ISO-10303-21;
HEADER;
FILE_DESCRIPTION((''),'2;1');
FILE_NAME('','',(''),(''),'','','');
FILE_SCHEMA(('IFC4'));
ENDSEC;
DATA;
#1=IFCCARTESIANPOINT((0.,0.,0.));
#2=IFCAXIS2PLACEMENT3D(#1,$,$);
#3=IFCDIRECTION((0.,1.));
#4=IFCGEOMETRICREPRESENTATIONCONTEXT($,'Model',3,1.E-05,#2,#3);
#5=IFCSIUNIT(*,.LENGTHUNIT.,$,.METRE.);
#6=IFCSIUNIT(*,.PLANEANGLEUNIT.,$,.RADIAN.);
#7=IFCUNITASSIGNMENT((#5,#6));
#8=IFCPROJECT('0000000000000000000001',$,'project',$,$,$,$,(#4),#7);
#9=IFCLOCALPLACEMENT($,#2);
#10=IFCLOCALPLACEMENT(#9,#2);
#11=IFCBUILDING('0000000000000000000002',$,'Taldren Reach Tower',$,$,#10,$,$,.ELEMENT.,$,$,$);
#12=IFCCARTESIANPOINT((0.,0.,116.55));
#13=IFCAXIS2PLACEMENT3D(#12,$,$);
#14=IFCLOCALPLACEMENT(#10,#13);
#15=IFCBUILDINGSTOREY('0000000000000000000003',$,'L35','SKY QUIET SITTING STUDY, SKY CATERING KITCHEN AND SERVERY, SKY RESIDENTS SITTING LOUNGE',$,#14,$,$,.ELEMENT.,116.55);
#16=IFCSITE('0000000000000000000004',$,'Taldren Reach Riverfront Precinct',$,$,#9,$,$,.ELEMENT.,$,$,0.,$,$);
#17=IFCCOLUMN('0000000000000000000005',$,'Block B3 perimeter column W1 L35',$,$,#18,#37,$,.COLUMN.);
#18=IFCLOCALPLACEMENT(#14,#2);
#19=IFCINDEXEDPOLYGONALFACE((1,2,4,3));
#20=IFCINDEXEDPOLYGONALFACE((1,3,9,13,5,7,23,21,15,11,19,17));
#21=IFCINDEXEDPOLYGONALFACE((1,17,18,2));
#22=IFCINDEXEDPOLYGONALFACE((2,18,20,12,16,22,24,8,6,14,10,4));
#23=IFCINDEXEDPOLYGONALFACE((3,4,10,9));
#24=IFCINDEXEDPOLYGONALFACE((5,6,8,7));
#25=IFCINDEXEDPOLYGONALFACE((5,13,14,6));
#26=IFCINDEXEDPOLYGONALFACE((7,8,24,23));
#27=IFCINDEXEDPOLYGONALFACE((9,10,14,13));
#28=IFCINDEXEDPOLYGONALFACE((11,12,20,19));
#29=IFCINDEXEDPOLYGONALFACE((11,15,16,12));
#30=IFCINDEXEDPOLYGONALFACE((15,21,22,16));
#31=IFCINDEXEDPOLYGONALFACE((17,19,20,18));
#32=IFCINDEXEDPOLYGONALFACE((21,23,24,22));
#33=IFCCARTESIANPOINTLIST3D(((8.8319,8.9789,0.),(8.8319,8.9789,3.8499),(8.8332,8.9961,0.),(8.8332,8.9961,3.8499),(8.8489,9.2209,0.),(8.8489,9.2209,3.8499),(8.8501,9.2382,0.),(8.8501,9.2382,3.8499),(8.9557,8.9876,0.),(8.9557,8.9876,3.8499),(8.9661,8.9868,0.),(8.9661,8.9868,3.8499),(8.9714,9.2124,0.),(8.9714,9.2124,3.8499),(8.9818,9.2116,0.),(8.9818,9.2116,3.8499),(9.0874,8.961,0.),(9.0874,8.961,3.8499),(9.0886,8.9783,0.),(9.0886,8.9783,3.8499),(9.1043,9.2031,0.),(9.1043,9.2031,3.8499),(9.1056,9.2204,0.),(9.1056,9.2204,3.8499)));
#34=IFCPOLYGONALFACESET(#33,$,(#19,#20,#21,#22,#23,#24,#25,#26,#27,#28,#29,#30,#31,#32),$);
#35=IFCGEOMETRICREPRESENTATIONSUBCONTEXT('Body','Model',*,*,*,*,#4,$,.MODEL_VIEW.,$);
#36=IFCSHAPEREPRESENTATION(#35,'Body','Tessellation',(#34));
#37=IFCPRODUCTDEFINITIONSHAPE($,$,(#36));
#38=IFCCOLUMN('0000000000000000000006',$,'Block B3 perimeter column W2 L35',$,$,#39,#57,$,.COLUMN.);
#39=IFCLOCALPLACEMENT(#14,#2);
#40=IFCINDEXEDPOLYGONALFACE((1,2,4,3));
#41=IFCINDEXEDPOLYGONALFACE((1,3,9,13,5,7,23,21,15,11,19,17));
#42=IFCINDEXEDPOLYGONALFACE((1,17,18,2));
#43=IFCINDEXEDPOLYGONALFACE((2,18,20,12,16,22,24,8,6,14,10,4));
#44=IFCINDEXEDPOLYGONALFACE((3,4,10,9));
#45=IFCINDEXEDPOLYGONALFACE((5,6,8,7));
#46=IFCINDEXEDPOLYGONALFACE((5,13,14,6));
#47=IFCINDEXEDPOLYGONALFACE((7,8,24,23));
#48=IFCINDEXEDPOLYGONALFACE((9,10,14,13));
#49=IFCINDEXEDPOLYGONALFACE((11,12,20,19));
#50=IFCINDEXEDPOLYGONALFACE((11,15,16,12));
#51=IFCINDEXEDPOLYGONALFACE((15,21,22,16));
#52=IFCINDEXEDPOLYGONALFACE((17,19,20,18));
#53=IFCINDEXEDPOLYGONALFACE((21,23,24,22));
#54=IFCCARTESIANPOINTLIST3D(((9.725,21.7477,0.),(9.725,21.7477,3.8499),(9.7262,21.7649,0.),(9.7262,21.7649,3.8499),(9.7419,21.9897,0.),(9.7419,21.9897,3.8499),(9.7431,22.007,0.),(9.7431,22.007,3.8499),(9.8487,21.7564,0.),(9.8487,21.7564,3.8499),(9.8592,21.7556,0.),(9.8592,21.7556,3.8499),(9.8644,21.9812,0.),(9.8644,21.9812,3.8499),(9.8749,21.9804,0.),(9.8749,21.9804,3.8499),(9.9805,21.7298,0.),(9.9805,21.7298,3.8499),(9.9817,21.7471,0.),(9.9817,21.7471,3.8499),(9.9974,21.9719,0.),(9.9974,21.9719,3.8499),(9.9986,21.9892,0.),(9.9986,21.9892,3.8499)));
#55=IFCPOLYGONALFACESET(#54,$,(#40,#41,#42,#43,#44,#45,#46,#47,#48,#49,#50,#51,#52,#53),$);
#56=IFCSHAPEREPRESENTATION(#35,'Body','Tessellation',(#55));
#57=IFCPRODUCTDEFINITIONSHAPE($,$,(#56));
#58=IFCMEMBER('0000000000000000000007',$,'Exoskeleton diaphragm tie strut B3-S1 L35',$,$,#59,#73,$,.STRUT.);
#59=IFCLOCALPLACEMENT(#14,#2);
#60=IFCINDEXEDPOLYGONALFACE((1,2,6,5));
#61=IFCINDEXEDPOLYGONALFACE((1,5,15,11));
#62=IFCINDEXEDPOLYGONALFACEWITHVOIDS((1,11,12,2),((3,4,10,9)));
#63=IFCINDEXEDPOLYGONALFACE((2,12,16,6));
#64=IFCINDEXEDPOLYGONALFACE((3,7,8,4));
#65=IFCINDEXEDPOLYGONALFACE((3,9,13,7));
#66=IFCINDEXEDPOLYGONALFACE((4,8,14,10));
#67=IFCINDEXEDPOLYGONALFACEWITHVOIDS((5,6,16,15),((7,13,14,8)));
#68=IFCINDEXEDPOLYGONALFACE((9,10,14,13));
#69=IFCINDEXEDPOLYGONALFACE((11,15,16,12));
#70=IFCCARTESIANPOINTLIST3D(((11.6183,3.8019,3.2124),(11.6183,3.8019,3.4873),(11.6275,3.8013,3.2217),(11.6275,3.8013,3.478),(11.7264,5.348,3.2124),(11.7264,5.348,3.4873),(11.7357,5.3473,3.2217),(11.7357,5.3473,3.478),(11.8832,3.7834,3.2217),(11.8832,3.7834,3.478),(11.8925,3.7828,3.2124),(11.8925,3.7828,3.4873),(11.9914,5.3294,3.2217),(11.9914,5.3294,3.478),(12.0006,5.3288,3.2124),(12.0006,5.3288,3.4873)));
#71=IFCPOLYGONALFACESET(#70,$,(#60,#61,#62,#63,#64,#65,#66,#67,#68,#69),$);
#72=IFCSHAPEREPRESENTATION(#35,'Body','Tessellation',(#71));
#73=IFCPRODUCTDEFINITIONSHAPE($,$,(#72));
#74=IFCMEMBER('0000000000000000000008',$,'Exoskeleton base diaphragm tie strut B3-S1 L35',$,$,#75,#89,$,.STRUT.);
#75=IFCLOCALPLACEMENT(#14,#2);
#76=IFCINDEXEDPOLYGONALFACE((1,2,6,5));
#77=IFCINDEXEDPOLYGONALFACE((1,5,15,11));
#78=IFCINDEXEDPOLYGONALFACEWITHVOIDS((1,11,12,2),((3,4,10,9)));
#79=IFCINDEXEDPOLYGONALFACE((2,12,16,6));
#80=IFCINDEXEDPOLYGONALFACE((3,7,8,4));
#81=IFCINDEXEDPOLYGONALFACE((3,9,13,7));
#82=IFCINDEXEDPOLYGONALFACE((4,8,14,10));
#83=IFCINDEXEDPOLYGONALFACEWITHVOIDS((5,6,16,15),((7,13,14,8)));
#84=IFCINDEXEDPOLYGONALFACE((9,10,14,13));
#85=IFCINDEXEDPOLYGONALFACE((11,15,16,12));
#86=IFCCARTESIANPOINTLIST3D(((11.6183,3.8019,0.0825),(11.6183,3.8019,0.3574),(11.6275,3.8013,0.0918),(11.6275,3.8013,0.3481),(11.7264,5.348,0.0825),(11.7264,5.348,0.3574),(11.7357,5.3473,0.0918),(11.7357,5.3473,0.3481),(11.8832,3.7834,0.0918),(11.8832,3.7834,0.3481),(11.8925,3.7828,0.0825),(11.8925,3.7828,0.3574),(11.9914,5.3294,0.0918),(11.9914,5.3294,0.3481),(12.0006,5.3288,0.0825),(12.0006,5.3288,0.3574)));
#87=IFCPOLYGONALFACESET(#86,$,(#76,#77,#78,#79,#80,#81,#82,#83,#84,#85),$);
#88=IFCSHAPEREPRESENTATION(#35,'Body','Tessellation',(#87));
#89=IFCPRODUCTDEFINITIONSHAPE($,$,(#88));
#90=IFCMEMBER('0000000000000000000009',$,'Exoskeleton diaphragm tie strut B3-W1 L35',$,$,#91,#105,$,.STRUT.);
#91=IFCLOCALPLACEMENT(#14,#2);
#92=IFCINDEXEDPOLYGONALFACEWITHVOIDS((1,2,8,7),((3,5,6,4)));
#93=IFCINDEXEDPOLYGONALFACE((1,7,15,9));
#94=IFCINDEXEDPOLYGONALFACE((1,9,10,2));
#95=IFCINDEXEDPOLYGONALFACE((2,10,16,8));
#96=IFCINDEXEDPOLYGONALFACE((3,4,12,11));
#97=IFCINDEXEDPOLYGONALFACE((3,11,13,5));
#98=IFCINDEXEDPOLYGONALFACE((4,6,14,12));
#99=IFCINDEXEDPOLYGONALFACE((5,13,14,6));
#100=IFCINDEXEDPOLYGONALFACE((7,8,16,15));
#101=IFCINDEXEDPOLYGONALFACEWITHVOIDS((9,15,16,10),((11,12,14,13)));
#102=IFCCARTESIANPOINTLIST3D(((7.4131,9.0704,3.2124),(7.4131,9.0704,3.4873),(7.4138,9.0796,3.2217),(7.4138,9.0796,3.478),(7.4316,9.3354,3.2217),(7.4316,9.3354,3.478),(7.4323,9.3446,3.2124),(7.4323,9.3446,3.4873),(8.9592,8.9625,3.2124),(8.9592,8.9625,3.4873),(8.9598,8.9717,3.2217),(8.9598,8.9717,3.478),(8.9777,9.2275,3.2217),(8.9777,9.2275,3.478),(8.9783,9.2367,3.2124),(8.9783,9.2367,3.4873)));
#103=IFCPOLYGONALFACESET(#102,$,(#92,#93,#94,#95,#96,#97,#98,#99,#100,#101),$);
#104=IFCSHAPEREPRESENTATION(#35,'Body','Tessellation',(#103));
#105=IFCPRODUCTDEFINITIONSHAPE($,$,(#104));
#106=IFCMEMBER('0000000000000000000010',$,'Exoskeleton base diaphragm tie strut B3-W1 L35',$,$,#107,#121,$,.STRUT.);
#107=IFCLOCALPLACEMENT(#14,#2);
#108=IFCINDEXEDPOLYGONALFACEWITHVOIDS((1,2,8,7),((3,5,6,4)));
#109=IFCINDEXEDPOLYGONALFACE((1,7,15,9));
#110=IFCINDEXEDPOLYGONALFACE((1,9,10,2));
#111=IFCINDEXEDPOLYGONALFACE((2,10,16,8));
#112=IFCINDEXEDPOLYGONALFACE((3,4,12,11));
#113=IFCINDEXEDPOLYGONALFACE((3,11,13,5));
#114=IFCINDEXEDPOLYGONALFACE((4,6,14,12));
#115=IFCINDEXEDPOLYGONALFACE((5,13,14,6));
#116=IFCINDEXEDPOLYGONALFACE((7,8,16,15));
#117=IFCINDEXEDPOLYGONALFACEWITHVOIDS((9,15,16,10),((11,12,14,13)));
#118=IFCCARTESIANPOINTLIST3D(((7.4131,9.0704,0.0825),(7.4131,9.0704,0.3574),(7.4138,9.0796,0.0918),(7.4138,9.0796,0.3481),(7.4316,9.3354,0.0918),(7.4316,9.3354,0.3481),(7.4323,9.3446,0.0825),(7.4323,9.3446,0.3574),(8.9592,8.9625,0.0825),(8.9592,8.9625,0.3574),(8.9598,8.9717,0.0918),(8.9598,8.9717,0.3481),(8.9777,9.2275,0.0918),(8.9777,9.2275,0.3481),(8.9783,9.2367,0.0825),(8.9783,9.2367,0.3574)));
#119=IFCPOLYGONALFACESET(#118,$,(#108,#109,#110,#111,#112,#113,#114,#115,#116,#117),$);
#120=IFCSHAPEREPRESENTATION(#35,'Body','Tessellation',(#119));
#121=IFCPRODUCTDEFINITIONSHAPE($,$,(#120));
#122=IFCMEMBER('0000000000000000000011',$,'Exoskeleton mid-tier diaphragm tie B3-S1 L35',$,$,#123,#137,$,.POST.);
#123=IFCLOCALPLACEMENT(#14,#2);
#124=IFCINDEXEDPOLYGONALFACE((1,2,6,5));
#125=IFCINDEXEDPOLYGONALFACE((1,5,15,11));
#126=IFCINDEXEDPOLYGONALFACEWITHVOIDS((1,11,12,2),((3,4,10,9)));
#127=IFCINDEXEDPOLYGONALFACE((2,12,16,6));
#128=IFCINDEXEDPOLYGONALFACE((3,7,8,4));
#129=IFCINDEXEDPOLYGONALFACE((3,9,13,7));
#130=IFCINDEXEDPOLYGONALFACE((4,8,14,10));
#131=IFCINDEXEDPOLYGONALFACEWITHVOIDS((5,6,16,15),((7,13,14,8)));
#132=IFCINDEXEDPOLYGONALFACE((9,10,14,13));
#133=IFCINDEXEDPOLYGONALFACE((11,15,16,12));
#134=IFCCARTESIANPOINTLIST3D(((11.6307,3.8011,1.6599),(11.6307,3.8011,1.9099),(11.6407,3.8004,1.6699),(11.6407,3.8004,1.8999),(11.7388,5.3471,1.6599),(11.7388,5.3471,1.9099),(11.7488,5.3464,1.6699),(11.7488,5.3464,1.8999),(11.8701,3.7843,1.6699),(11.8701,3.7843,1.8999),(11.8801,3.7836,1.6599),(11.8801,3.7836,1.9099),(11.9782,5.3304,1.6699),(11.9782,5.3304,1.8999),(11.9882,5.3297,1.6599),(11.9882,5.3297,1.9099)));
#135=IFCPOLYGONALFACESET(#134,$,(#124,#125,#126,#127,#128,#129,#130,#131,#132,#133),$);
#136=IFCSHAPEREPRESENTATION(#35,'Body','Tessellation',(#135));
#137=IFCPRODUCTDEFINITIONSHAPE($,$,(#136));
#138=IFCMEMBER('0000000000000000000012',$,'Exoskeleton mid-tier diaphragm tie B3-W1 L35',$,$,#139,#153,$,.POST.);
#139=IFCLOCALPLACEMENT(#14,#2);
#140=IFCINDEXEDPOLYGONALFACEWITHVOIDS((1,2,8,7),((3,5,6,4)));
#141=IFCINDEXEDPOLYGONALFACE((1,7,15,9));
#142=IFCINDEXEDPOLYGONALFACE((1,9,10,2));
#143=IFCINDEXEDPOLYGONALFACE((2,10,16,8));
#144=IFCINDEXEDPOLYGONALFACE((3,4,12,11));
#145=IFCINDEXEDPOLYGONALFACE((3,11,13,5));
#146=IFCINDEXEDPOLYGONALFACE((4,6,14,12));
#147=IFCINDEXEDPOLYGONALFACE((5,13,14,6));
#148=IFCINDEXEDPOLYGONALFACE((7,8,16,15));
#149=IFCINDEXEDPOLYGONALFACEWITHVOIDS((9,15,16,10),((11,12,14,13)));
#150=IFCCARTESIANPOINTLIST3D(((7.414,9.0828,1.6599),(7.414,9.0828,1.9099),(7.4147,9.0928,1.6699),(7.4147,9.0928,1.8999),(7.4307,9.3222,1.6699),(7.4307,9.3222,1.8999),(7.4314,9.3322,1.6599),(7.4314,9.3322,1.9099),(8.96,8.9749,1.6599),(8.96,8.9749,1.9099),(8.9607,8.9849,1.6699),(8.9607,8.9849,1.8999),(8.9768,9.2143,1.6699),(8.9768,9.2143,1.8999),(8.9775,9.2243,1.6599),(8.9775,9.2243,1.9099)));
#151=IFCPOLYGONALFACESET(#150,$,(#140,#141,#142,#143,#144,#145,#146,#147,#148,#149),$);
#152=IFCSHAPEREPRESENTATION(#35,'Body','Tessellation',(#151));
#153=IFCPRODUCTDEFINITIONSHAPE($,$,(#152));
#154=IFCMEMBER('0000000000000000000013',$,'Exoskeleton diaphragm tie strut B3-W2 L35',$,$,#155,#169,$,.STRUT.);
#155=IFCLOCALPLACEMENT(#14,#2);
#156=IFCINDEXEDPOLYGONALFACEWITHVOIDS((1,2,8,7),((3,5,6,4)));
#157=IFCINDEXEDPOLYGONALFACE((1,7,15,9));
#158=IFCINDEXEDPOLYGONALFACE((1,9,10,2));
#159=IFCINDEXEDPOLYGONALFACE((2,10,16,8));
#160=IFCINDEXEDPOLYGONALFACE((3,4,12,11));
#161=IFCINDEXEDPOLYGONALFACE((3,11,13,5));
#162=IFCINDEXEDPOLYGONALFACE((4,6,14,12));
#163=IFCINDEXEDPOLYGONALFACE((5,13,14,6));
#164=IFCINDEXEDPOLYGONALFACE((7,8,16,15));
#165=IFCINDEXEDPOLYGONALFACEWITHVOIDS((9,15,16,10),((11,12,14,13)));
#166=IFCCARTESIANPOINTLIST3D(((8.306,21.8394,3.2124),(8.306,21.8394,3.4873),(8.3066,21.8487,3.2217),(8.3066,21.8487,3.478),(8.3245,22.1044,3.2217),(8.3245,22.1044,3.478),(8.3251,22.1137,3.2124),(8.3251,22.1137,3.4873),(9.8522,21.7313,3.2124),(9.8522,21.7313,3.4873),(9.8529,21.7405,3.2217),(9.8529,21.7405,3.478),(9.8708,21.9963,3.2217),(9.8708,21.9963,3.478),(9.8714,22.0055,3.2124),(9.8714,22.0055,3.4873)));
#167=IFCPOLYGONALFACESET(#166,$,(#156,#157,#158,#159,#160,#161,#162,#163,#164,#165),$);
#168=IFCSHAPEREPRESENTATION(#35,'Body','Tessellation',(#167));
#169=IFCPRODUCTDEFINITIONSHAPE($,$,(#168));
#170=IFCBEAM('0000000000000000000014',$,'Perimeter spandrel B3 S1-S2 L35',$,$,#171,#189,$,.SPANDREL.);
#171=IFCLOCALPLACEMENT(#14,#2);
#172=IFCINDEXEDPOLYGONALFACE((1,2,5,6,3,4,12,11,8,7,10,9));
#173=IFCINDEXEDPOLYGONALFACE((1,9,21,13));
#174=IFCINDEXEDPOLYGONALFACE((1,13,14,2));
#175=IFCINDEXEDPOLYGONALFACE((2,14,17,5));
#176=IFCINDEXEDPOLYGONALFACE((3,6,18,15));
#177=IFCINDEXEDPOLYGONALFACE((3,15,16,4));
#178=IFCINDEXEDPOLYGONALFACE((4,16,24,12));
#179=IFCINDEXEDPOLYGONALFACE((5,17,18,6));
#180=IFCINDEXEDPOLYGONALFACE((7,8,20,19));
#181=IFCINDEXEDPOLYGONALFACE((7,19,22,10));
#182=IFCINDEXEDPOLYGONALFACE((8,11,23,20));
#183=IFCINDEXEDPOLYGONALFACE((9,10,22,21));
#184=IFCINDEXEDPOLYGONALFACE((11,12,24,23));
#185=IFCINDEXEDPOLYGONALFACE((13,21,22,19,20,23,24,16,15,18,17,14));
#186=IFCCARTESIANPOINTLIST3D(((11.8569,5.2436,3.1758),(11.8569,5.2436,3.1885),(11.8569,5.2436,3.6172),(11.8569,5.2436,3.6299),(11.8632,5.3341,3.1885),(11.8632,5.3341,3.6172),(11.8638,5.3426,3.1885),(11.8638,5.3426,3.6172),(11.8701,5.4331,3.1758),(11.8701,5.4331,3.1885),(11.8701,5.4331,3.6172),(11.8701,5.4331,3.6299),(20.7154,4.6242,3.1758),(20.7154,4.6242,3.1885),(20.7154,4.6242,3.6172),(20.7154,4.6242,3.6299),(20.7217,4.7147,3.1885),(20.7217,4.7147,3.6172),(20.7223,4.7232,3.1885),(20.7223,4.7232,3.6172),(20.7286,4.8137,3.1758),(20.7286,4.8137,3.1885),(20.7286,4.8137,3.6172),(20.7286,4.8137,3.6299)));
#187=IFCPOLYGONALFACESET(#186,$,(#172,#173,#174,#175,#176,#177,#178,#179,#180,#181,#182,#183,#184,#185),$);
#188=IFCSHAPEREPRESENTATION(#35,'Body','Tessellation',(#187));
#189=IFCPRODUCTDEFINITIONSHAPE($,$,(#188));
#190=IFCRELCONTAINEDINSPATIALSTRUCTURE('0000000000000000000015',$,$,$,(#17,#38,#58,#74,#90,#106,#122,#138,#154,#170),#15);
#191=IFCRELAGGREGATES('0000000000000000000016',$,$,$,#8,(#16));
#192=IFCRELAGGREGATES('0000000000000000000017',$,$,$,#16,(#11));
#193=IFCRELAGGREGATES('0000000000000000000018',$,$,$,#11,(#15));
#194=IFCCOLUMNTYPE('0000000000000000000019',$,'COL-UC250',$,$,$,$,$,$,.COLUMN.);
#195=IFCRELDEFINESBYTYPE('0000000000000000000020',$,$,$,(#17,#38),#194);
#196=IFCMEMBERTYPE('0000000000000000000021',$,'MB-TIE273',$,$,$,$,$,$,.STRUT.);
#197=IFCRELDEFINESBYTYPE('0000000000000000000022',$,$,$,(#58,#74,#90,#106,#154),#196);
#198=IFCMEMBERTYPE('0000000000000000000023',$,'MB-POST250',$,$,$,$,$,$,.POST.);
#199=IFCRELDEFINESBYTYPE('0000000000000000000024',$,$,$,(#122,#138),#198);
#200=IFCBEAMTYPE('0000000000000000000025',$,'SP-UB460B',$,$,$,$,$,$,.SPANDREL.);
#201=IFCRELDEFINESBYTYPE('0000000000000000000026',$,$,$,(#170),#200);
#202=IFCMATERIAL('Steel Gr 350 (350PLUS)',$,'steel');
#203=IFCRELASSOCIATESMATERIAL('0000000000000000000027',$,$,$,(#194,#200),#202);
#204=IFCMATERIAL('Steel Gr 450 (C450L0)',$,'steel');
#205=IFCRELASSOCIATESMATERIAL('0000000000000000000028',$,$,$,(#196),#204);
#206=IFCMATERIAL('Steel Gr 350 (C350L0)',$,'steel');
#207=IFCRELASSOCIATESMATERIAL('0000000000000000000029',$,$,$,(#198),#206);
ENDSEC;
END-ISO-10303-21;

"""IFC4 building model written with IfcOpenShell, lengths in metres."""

from ifc_helpers import new_model, si_unit, direction, frame, origin, origin_2d, place, context, subcontext, project, spatial, hollow_rectangle, i_section, extrude, source, transform, mapped, material, material_profile, profile_set, type_object, element, save


model = new_model("IFC4")

# Units and contexts
model_context = context("Model", 3, precision=1e-05, world=origin(), true_north=direction((0.0, 1.0)))
body_context = subcontext(model_context, "Body", "Model", "MODEL_VIEW")
ifc_project = project(units=[si_unit("LENGTHUNIT", "METRE"), si_unit("PLANEANGLEUNIT", "RADIAN")], contexts=[model_context])

# Site, building, storey
site_placement = place(None, origin())
site = spatial("IfcSite", under=ifc_project, at=site_placement, Name="Taldren Reach Riverfront Precinct", CompositionType="ELEMENT", RefElevation=0.0)
building_placement = place(site_placement, origin())
building = spatial("IfcBuilding", under=site, at=building_placement, Name="Taldren Reach Tower", CompositionType="ELEMENT")
storey_placement = place(building_placement, frame((0.0, 0.0, 116.55)))
storey = spatial("IfcBuildingStorey", under=building, at=storey_placement, Name="L35", Description="SKY QUIET SITTING STUDY, SKY CATERING KITCHEN AND SERVERY, SKY RESIDENTS SITTING LOUNGE", CompositionType="ELEMENT", Elevation=116.55)

# Columns
ifc_material_1 = material(Name="Steel Gr 350 (350PLUS)", Category="steel")
ifc_material_profile_1 = material_profile(ifc_material_1, i_section(OverallWidth=0.2561, OverallDepth=0.26, WebThickness=0.0105, FlangeThickness=0.0173, at=origin_2d()), Name="250UC89.5")
ifc_profile_set_1 = profile_set([ifc_material_profile_1], Name="Steel Gr 350 (350PLUS)")
column_type = type_object("IfcColumnType", Name="COL-UC250", PredefinedType="COLUMN", material=ifc_profile_set_1)
shared_shape_1 = source(origin(), body_context, "Body", "SweptSolid", [
    extrude(i_section(OverallWidth=0.2561, OverallDepth=0.26, WebThickness=0.0105, FlangeThickness=0.0173, at=origin_2d()), origin(), (0.0, 0.0, 1.0), 3.8499),
])
for number, where, z_axis, x_axis, name in (
    (1, (8.9688, 9.0996, 0.0), (0.0, 0.0, 1.0), (0.997564, -0.069756, 0.0), "Block B3 perimeter column W1 L35"),
    (2, (9.8618, 21.8684, 0.0), (0.0, 0.0, 1.0), (0.997564, -0.069756, 0.0), "Block B3 perimeter column W2 L35"),
):
    element("IfcColumn", number, at=place(storey_placement, frame(where, z_axis=z_axis, x_axis=x_axis)), inside=storey, type_object=column_type, Name=name, PredefinedType="COLUMN", context=body_context, shape_type="MappedRepresentation", body=[
        mapped(shared_shape_1, transform((0.0, 0.0, 0.0), scale=1.0)),
    ])

# Members
ifc_material_2 = material(Name="Steel Gr 450 (C450L0)", Category="steel")
ifc_material_profile_2 = material_profile(ifc_material_2, hollow_rectangle(XDim=0.2749, YDim=0.2749, WallThickness=0.0093, at=origin_2d()), Name="275x275x9.3SHS")
ifc_profile_set_2 = profile_set([ifc_material_profile_2], Name="Steel Gr 450 (C450L0)")
member_type_1 = type_object("IfcMemberType", Name="MB-TIE273", PredefinedType="STRUT", material=ifc_profile_set_2)
shared_shape_2 = source(origin(), body_context, "Body", "SweptSolid", [
    extrude(hollow_rectangle(XDim=0.2749, YDim=0.2749, WallThickness=0.0093, at=origin_2d()), origin(), (0.0, 0.0, 1.0), 1.5498),
])
for number, where, z_axis, x_axis, name in (
    (3, (11.8635, 5.3384, 3.3499), (-0.069781, -0.997562, 0.0), (0.997562, -0.069781, 0.0), "Exoskeleton diaphragm tie strut B3-S1 L35"),
    (4, (11.8635, 5.3384, 0.22), (-0.069781, -0.997562, 0.0), (0.997562, -0.069781, 0.0), "Exoskeleton base diaphragm tie strut B3-S1 L35"),
    (5, (8.9688, 9.0996, 3.3499), (-0.997573, 0.069624, 0.0), (-0.069624, -0.997573, 0.0), "Exoskeleton diaphragm tie strut B3-W1 L35"),
    (6, (8.9688, 9.0996, 0.22), (-0.997573, 0.069624, 0.0), (-0.069624, -0.997573, 0.0), "Exoskeleton base diaphragm tie strut B3-W1 L35"),
):
    element("IfcMember", number, at=place(storey_placement, frame(where, z_axis=z_axis, x_axis=x_axis)), inside=storey, type_object=member_type_1, Name=name, PredefinedType="STRUT", context=body_context, shape_type="MappedRepresentation", body=[
        mapped(shared_shape_2, transform((0.0, 0.0, 0.0), scale=1.0)),
    ])
ifc_material_3 = material(Name="Steel Gr 350 (C350L0)", Category="steel")
ifc_material_profile_3 = material_profile(ifc_material_3, hollow_rectangle(XDim=0.25, YDim=0.25, WallThickness=0.01, at=origin_2d()), Name="250x250x10.0SHS")
ifc_profile_set_3 = profile_set([ifc_material_profile_3], Name="Steel Gr 350 (C350L0)")
member_type_2 = type_object("IfcMemberType", Name="MB-POST250", PredefinedType="POST", material=ifc_profile_set_3)
shared_shape_3 = source(origin(), body_context, "Body", "SweptSolid", [
    extrude(hollow_rectangle(XDim=0.25, YDim=0.25, WallThickness=0.01, at=origin_2d()), origin(), (0.0, 0.0, 1.0), 1.5498),
])
for number, where, z_axis, x_axis, name in (
    (7, (11.8635, 5.3384, 1.7849), (-0.069781, -0.997562, 0.0), (0.997562, -0.069781, 0.0), "Exoskeleton mid-tier diaphragm tie B3-S1 L35"),
    (8, (8.9688, 9.0996, 1.7849), (-0.997573, 0.069624, 0.0), (-0.069624, -0.997573, 0.0), "Exoskeleton mid-tier diaphragm tie B3-W1 L35"),
):
    element("IfcMember", number, at=place(storey_placement, frame(where, z_axis=z_axis, x_axis=x_axis)), inside=storey, type_object=member_type_2, Name=name, PredefinedType="POST", context=body_context, shape_type="MappedRepresentation", body=[
        mapped(shared_shape_3, transform((0.0, 0.0, 0.0), scale=1.0)),
    ])
shared_shape_4 = source(origin(), body_context, "Body", "SweptSolid", [
    extrude(hollow_rectangle(XDim=0.2749, YDim=0.2749, WallThickness=0.0093, at=origin_2d()), origin(), (0.0, 0.0, 1.0), 1.55),
])
member_1_placement = place(storey_placement, frame((9.8618, 21.8684, 3.3499), z_axis=(-0.997563, 0.06977, 0.0), x_axis=(-0.06977, -0.997563, 0.0)))
element("IfcMember", 9, at=member_1_placement, inside=storey, type_object=member_type_1, Name="Exoskeleton diaphragm tie strut B3-W2 L35", PredefinedType="STRUT", context=body_context, shape_type="MappedRepresentation", body=[
    mapped(shared_shape_4, transform((0.0, 0.0, 0.0), scale=1.0)),
])

# Beam
ifc_material_profile_4 = material_profile(ifc_material_1, i_section(OverallWidth=0.1899, OverallDepth=0.4541, WebThickness=0.0085, FlangeThickness=0.0127, at=origin_2d()), Name="460UB67.1")
ifc_profile_set_4 = profile_set([ifc_material_profile_4], Name="Steel Gr 350 (350PLUS)")
beam_type_1 = type_object("IfcBeamType", Name="SP-UB460B", PredefinedType="SPANDREL", material=ifc_profile_set_4)
shared_shape_5 = source(origin(), body_context, "Body", "SweptSolid", [
    extrude(i_section(OverallWidth=0.1899, OverallDepth=0.4541, WebThickness=0.0085, FlangeThickness=0.0127, at=origin_2d()), origin(), (0.0, 0.0, 1.0), 8.8801),
])
beam_1_placement = place(storey_placement, frame((11.8635, 5.3384, 3.4028), z_axis=(0.997564, -0.06975, 0.0), x_axis=(0.06975, 0.997564, 0.0)))
element("IfcBeam", 10, at=beam_1_placement, inside=storey, type_object=beam_type_1, Name="Perimeter spandrel B3 S1-S2 L35", PredefinedType="SPANDREL", context=body_context, shape_type="MappedRepresentation", body=[
    mapped(shared_shape_5, transform((0.0, 0.0, 0.0), scale=1.0)),
])

save(model, "model.ifc")
